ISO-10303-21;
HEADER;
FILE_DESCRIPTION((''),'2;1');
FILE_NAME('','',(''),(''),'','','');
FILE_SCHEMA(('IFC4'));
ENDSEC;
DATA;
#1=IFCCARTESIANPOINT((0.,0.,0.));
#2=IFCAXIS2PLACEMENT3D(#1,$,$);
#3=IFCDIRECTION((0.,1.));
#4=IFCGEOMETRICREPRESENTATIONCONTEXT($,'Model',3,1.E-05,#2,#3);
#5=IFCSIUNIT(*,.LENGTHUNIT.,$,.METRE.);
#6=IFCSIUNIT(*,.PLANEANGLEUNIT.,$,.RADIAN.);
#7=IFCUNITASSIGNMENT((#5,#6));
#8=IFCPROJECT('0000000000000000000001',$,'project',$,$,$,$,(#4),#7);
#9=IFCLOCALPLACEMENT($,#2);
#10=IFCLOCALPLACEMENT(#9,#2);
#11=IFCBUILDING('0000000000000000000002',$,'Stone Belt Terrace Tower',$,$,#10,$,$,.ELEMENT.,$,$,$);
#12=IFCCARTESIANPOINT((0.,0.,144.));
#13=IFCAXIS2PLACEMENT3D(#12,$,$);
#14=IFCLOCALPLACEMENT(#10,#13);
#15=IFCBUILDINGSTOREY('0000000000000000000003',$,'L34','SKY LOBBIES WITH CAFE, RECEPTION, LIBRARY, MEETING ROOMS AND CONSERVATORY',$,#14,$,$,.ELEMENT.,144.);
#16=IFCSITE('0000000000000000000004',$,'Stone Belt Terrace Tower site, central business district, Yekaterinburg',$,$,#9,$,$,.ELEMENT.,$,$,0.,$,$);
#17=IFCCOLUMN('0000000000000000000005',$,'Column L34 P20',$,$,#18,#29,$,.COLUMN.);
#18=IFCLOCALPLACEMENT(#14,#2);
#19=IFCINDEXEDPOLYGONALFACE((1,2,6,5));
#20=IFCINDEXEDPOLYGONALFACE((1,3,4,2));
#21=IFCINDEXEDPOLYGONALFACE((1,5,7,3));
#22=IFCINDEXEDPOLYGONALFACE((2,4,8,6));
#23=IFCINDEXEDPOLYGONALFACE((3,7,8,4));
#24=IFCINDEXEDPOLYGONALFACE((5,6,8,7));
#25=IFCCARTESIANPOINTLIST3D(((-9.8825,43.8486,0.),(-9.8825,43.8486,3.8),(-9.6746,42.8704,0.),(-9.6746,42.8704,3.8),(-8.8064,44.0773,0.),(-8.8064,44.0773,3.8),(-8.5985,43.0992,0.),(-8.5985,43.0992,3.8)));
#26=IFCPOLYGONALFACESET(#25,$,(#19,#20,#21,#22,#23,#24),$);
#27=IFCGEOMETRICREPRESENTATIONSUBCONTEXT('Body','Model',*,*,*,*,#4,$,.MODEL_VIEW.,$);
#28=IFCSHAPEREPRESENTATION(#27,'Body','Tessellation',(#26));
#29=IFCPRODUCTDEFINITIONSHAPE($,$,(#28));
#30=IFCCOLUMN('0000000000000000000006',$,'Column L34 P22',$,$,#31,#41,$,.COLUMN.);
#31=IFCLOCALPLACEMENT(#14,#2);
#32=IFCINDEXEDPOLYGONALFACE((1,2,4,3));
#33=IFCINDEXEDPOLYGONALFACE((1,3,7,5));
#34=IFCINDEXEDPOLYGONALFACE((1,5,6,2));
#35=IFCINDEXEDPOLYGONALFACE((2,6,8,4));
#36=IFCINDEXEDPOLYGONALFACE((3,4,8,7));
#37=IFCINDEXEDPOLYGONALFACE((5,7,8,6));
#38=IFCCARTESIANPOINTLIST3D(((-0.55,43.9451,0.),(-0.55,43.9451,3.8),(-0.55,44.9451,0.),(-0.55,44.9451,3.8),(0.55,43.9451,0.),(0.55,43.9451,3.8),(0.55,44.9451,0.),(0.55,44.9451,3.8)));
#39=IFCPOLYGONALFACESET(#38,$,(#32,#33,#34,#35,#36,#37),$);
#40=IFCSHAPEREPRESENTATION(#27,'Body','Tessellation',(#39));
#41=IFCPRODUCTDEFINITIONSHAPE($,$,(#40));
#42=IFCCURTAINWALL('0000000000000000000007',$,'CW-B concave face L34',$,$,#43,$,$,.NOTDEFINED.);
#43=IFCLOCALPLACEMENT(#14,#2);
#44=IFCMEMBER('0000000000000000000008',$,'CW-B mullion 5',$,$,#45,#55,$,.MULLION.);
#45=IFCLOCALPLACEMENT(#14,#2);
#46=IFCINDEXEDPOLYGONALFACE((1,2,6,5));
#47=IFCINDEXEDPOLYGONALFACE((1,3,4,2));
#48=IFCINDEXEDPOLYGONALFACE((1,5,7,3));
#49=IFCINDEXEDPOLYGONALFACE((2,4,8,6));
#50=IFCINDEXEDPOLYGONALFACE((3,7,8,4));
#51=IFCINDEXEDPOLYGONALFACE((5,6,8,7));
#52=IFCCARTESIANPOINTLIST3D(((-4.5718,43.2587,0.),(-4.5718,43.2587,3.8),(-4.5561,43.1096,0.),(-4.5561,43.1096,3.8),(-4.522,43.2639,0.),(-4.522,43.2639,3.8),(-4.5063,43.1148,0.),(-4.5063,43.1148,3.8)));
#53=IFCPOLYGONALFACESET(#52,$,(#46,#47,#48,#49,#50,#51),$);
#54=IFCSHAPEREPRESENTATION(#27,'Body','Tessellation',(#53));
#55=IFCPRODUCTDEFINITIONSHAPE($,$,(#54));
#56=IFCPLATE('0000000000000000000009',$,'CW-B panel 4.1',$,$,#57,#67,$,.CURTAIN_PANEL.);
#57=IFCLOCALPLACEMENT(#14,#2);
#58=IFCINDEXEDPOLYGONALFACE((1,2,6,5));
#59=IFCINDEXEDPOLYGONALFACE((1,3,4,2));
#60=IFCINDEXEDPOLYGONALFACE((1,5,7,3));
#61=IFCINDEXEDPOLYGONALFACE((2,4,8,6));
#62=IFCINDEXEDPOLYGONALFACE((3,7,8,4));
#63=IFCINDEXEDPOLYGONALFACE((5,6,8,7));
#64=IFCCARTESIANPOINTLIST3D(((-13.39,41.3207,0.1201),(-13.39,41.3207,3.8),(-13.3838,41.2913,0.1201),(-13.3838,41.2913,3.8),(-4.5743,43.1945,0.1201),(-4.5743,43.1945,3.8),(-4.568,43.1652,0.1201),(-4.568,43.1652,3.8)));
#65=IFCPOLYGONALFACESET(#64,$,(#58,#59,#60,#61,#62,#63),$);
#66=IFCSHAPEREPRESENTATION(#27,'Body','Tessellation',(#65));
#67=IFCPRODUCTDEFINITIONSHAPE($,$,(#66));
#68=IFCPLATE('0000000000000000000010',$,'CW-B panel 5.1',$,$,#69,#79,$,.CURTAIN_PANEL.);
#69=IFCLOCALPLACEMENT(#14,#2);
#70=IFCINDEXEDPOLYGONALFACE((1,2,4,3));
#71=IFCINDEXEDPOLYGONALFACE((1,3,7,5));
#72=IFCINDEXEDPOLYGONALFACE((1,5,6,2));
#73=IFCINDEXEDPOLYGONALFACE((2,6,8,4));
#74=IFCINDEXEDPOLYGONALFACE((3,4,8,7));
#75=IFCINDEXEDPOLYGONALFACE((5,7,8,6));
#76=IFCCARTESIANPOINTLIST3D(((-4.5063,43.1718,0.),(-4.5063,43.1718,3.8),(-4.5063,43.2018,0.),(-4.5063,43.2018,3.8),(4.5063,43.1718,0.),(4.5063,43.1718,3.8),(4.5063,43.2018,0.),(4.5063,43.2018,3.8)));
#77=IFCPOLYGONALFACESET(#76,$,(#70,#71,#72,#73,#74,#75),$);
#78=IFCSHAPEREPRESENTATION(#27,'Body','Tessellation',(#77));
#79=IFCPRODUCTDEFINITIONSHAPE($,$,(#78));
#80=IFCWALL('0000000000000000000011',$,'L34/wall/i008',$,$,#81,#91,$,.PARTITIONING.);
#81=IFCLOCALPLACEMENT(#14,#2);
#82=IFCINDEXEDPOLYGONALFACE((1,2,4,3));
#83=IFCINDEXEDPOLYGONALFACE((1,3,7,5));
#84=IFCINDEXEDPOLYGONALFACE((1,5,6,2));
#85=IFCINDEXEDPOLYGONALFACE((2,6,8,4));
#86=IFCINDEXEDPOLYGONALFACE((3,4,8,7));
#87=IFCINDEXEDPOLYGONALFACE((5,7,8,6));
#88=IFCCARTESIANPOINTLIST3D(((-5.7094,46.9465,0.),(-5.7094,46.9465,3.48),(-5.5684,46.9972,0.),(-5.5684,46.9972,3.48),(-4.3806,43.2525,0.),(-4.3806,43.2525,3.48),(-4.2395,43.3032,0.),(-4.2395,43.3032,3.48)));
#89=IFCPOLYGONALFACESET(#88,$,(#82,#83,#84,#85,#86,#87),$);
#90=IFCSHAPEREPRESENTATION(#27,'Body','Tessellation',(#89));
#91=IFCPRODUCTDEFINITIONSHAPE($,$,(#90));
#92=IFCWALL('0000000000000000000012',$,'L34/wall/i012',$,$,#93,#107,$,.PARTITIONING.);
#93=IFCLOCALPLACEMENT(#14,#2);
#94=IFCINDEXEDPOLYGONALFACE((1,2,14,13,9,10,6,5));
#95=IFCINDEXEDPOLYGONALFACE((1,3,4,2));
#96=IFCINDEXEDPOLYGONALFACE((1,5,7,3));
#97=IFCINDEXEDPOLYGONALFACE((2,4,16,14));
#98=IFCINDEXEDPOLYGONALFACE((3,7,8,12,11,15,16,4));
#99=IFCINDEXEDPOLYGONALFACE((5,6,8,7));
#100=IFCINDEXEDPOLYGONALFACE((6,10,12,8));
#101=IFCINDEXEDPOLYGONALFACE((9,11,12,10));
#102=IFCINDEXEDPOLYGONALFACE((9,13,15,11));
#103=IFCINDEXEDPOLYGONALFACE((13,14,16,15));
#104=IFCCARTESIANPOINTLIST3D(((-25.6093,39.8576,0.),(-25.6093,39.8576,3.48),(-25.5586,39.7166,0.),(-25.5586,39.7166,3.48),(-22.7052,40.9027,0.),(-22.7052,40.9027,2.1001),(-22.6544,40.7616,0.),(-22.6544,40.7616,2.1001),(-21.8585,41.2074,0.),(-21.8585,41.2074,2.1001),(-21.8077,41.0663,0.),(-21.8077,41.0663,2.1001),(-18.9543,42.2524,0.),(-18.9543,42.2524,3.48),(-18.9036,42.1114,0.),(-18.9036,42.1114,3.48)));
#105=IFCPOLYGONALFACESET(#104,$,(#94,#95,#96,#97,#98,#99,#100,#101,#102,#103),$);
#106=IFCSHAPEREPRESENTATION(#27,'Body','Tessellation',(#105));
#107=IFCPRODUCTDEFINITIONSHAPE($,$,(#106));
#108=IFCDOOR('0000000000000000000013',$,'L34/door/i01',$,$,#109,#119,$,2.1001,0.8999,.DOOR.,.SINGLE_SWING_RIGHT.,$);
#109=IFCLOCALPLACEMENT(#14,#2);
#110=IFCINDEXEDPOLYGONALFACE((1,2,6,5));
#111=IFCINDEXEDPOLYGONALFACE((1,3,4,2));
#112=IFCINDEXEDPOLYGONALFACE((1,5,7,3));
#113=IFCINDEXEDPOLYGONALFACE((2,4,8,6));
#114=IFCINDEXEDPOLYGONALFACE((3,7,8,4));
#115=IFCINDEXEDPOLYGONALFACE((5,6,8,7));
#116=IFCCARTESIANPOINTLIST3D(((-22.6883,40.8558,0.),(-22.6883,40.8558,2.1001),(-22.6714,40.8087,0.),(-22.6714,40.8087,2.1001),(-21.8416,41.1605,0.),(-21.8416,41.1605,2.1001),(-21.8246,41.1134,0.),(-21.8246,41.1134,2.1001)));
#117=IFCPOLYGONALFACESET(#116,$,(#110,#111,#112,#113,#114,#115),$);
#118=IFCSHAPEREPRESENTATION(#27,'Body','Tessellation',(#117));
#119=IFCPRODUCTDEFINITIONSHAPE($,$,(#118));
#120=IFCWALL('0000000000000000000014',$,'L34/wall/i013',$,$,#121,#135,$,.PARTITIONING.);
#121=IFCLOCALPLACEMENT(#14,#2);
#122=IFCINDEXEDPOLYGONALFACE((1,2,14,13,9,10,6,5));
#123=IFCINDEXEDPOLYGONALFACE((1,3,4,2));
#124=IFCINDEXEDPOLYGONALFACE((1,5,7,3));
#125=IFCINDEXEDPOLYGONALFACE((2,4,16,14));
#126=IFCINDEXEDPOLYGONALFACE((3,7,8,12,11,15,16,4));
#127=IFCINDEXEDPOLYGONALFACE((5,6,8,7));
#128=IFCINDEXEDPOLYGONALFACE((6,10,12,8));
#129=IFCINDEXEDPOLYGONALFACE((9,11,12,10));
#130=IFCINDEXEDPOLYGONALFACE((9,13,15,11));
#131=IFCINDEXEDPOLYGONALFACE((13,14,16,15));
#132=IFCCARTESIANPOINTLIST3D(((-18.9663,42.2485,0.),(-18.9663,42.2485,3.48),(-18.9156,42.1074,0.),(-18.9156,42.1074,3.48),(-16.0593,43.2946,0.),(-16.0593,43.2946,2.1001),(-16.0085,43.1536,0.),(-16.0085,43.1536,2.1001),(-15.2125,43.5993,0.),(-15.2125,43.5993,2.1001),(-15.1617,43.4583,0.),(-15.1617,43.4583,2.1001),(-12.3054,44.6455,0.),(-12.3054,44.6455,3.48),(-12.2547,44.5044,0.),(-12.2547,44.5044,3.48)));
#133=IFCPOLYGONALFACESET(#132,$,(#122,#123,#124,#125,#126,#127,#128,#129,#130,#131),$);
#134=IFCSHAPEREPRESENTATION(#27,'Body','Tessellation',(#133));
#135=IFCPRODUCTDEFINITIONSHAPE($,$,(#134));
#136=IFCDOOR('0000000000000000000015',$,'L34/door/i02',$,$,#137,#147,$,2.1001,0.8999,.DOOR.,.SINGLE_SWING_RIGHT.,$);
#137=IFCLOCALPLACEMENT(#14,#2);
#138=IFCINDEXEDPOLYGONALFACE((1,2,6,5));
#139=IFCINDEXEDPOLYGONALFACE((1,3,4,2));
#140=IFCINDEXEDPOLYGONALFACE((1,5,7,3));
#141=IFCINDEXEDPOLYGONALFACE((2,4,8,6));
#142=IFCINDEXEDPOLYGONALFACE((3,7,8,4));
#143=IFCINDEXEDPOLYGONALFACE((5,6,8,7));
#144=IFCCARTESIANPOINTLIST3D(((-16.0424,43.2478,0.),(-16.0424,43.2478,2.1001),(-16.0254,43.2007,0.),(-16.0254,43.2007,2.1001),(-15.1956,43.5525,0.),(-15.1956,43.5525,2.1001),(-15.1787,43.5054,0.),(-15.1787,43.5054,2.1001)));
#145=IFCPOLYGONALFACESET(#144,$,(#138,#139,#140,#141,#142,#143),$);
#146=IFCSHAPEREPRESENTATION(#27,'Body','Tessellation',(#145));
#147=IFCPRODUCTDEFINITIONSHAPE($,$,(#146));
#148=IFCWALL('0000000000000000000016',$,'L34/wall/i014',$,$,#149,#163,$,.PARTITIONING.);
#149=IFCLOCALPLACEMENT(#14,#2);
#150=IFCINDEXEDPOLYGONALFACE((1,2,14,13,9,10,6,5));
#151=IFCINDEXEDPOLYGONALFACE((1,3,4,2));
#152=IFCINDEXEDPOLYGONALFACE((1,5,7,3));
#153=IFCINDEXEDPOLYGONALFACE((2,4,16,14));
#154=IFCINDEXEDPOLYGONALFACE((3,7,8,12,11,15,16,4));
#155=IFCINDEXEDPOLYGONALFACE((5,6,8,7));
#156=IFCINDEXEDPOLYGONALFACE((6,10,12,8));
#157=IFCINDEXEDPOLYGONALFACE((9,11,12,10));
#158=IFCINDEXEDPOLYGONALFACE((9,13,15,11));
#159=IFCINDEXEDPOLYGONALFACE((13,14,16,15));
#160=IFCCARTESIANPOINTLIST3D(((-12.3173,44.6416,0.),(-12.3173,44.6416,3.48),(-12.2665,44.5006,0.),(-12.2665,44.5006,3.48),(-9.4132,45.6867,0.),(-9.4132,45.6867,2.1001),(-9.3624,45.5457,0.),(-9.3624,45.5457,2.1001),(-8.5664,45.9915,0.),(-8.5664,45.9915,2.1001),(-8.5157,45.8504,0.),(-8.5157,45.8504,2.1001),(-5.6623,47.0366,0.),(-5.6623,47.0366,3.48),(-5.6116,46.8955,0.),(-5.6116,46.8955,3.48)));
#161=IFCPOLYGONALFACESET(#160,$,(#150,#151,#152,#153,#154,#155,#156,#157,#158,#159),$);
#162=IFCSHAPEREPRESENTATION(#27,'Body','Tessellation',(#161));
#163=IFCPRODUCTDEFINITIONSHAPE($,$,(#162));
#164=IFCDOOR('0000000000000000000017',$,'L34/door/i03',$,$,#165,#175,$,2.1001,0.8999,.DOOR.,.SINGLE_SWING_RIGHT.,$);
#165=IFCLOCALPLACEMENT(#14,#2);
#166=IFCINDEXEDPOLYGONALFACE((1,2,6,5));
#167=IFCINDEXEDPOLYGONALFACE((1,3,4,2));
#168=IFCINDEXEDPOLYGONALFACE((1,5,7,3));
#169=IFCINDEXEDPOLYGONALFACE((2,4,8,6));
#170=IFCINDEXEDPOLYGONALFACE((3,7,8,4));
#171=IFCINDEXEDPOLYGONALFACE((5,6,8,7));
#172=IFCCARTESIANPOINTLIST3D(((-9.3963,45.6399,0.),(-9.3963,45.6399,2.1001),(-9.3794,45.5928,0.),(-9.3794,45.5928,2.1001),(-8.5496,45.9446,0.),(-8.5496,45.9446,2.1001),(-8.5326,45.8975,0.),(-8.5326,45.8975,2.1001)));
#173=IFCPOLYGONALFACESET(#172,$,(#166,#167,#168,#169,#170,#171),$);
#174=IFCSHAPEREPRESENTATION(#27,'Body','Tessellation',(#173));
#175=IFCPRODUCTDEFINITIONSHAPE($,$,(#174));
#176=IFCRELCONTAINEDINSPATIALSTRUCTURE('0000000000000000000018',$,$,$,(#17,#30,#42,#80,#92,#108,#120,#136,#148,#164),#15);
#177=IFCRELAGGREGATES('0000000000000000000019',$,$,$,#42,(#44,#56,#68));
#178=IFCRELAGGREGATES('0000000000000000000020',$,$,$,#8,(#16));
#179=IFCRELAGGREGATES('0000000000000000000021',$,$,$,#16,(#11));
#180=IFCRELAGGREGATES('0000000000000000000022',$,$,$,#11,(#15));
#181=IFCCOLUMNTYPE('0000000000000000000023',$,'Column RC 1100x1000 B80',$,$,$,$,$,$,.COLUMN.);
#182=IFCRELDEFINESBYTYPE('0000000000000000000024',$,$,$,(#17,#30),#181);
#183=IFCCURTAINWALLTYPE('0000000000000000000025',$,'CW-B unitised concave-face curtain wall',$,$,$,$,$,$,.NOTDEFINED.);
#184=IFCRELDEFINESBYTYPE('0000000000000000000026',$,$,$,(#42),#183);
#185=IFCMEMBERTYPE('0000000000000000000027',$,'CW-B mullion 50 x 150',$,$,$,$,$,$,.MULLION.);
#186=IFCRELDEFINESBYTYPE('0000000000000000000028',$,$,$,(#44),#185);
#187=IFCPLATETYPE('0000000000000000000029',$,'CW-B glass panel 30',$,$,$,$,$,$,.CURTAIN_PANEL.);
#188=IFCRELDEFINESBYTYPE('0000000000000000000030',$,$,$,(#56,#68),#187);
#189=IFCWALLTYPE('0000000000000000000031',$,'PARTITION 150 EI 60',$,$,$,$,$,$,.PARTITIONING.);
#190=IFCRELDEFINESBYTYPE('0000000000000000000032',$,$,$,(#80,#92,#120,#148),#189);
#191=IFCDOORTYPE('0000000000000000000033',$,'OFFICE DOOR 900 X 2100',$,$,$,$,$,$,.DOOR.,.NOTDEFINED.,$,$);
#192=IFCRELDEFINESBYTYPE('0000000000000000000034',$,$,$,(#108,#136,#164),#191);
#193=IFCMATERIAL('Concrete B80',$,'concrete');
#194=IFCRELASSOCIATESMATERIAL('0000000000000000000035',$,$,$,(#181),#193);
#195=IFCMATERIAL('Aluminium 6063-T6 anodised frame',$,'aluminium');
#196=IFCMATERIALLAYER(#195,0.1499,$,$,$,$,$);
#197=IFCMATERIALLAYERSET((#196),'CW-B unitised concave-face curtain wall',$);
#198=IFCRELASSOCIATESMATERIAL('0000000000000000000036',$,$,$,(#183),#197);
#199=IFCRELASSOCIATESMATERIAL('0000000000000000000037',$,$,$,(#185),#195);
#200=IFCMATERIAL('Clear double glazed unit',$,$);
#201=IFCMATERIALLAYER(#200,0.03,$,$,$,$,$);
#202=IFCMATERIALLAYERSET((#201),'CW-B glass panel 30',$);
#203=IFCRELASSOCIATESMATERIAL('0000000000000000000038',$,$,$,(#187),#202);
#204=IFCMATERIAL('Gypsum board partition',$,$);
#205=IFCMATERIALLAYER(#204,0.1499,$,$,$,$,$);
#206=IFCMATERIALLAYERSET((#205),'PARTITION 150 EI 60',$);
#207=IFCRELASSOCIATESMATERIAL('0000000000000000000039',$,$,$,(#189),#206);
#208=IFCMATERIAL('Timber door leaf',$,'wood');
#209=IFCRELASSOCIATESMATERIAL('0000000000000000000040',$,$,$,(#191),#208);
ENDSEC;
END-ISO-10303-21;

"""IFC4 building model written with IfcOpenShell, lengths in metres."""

from ifc_helpers import new_model, si_unit, direction, frame, frame_2d, origin, origin_2d, place, context, subcontext, project, spatial, rectangle, extrude, material, layer, layer_set, material_profile, profile_set, type_object, element, fill, aggregate, save


model = new_model("IFC4")

# Units and contexts
model_context = context("Model", 3, precision=1e-05, world=origin(), true_north=direction((0.0, 1.0)))
body_context = subcontext(model_context, "Body", "Model", "MODEL_VIEW")
ifc_project = project(units=[si_unit("LENGTHUNIT", "METRE"), si_unit("PLANEANGLEUNIT", "RADIAN")], contexts=[model_context])

# Site, building, storey
site_placement = place(None, origin())
site = spatial("IfcSite", under=ifc_project, at=site_placement, Name="Stone Belt Terrace Tower site, central business district, Yekaterinburg", CompositionType="ELEMENT", RefElevation=0.0)
building_placement = place(site_placement, origin())
building = spatial("IfcBuilding", under=site, at=building_placement, Name="Stone Belt Terrace Tower", CompositionType="ELEMENT")
storey_placement = place(building_placement, frame((0.0, 0.0, 144.0)))
storey = spatial("IfcBuildingStorey", under=building, at=storey_placement, Name="L34", Description="SKY LOBBIES WITH CAFE, RECEPTION, LIBRARY, MEETING ROOMS AND CONSERVATORY", CompositionType="ELEMENT", Elevation=144.0)

# Columns
ifc_material_1 = material(Name="Concrete B80", Category="concrete")
ifc_material_profile_1 = material_profile(ifc_material_1, rectangle(XDim=1.1001, YDim=1.0, at=origin_2d()), Name="RC 1100x1000")
ifc_profile_set_1 = profile_set([ifc_material_profile_1], Name="Concrete B80")
column_type = type_object("IfcColumnType", Name="Column RC 1100x1000 B80", PredefinedType="COLUMN", material=ifc_profile_set_1)
for number, where, z_axis, x_axis, name in (
    (1, (-9.2405, 43.4739, 0.0), (0.0, 0.0, 1.0), (0.978148, 0.207912, 0.0), "Column L34 P20"),
    (2, (0.0, 44.4451, 0.0), (0.0, 0.0, 1.0), (1.0, 0.0, 0.0), "Column L34 P22"),
):
    element("IfcColumn", number, at=place(storey_placement, frame(where, z_axis=z_axis, x_axis=x_axis)), inside=storey, type_object=column_type, Name=name, PredefinedType="COLUMN", context=body_context, shape_type="SweptSolid", body=[
        extrude(rectangle(XDim=1.1001, YDim=1.0, at=origin_2d()), origin(), (0.0, 0.0, 1.0), 3.8),
    ])

# Curtain wall, member, plates
ifc_material_2 = material(Name="Aluminium 6063-T6 anodised frame", Category="aluminium")
ifc_layer_1 = layer(ifc_material_2, 0.1499)
ifc_layer_set_1 = layer_set([ifc_layer_1], Name="CW-B unitised concave-face curtain wall")
curtain_wall_type = type_object("IfcCurtainWallType", Name="CW-B unitised concave-face curtain wall", PredefinedType="NOTDEFINED", material=ifc_layer_set_1)
curtain_wall_placement = place(storey_placement, origin())
curtain_wall = element("IfcCurtainWall", 3, at=curtain_wall_placement, inside=storey, type_object=curtain_wall_type, Name="CW-B concave face L34", PredefinedType="NOTDEFINED")
ifc_material_profile_2 = material_profile(ifc_material_2, rectangle(XDim=0.1499, YDim=0.05, at=origin_2d()), Name="Aluminium 6063-T6 50x150")
ifc_profile_set_2 = profile_set([ifc_material_profile_2], Name="Aluminium 6063-T6 anodised frame")
member_type = type_object("IfcMemberType", Name="CW-B mullion 50 x 150", PredefinedType="MULLION", material=ifc_profile_set_2)
member_placement = place(storey_placement, frame((-4.5391, 43.1868, 0.0), z_axis=(0.0, 0.0, 1.0), x_axis=(-0.104528, 0.994522, 0.0)))
member = element("IfcMember", 4, at=member_placement, type_object=member_type, Name="CW-B mullion 5", PredefinedType="MULLION", context=body_context, shape_type="SweptSolid", body=[
    extrude(rectangle(XDim=0.1499, YDim=0.05, at=origin_2d()), origin(), (0.0, 0.0, 1.0), 3.8),
])
ifc_material_3 = material(Name="Clear double glazed unit")
ifc_layer_2 = layer(ifc_material_3, 0.03)
ifc_layer_set_2 = layer_set([ifc_layer_2], Name="CW-B glass panel 30")
plate_type = type_object("IfcPlateType", Name="CW-B glass panel 30", PredefinedType="CURTAIN_PANEL", material=ifc_layer_set_2)
plate_1_placement = place(storey_placement, frame((-8.979, 42.2429, 0.1201), z_axis=(0.0, 0.0, 1.0), x_axis=(0.978148, 0.207912, 0.0)))
plate_1 = element("IfcPlate", 5, at=plate_1_placement, type_object=plate_type, Name="CW-B panel 4.1", PredefinedType="CURTAIN_PANEL", context=body_context, shape_type="SweptSolid", body=[
    extrude(rectangle(XDim=9.0127, YDim=0.03, at=origin_2d()), origin(), (0.0, 0.0, 1.0), 3.6799),
])
plate_2_placement = place(storey_placement, frame((0.0, 43.1868, 0.0), z_axis=(0.0, 0.0, 1.0), x_axis=(1.0, 0.0, 0.0)))
plate_2 = element("IfcPlate", 6, at=plate_2_placement, type_object=plate_type, Name="CW-B panel 5.1", PredefinedType="CURTAIN_PANEL", context=body_context, shape_type="SweptSolid", body=[
    extrude(rectangle(XDim=9.0127, YDim=0.03, at=origin_2d()), origin(), (0.0, 0.0, 1.0), 3.8),
])
aggregate(curtain_wall, [member, plate_1, plate_2])

# Wall
ifc_material_4 = material(Name="Gypsum board partition")
ifc_layer_3 = layer(ifc_material_4, 0.1499)
ifc_layer_set_3 = layer_set([ifc_layer_3], Name="PARTITION 150 EI 60")
wall_type_1 = type_object("IfcWallType", Name="PARTITION 150 EI 60", PredefinedType="PARTITIONING", material=ifc_layer_set_3)
wall_1_placement = place(storey_placement, frame((-4.3101, 43.2778, 0.0), z_axis=(0.0, 0.0, 1.0), x_axis=(-0.33849, 0.94097, 0.0)))
element("IfcWall", 7, at=wall_1_placement, inside=storey, type_object=wall_type_1, Name="L34/wall/i008", PredefinedType="PARTITIONING", context=body_context, shape_type="SweptSolid", body=[
    extrude(rectangle(XDim=3.9258, YDim=0.1499, at=frame_2d((1.9629, 0.0))), origin(), (0.0, 0.0, 1.0), 3.48),
])

# Walls, openings, doors
wall_2_placement = place(storey_placement, frame((-18.929, 42.1819, 0.0), z_axis=(0.0, 0.0, 1.0), x_axis=(-0.940934, -0.33859, 0.0)))
wall_2 = element("IfcWall", 8, at=wall_2_placement, inside=storey, type_object=wall_type_1, Name="L34/wall/i012", PredefinedType="PARTITIONING", context=body_context, shape_type="SweptSolid", body=[
    extrude(rectangle(XDim=7.0728, YDim=0.1499, at=frame_2d((3.5364, 0.0))), origin(), (0.0, 0.0, 1.0), 3.48),
])
opening_1_placement = place(wall_2_placement, frame((3.0864, 0.0, 0.0)))
opening_1 = element("IfcOpeningElement", 9, at=opening_1_placement, cuts=wall_2, PredefinedType="OPENING", context=body_context, shape_type="SweptSolid", body=[
    extrude(rectangle(XDim=0.8999, YDim=2.1001, at=frame_2d((0.45, 1.05))), frame((0.0, 0.085, 0.0), z_axis=(0.0, -1.0, 0.0), x_axis=(1.0, 0.0, 0.0)), (0.0, 0.0, 1.0), 0.1699),
])
ifc_material_5 = material(Name="Timber door leaf", Category="wood")
door_type_1 = type_object("IfcDoorType", Name="OFFICE DOOR 900 X 2100", OperationType="NOTDEFINED", PredefinedType="DOOR", material=ifc_material_5)
door_1_placement = place(opening_1_placement, origin())
door_1 = element("IfcDoor", 10, at=door_1_placement, inside=storey, type_object=door_type_1, Name="L34/door/i01", OperationType="SINGLE_SWING_RIGHT", OverallHeight=2.1001, OverallWidth=0.8999, PredefinedType="DOOR", context=body_context, shape_type="SweptSolid", body=[
    extrude(rectangle(XDim=0.8999, YDim=2.1001, at=frame_2d((0.45, 1.05))), frame((0.0, 0.0249, 0.0), z_axis=(0.0, -1.0, 0.0), x_axis=(1.0, 0.0, 0.0)), (0.0, 0.0, 1.0), 0.05),
])
fill(opening_1, door_1)
wall_3_placement = place(storey_placement, frame((-12.28, 44.575, 0.0), z_axis=(0.0, 0.0, 1.0), x_axis=(-0.94093, -0.338601, 0.0)))
wall_3 = element("IfcWall", 11, at=wall_3_placement, inside=storey, type_object=wall_type_1, Name="L34/wall/i013", PredefinedType="PARTITIONING", context=body_context, shape_type="SweptSolid", body=[
    extrude(rectangle(XDim=7.0791, YDim=0.1499, at=frame_2d((3.5396, 0.0))), origin(), (0.0, 0.0, 1.0), 3.48),
])
opening_2_placement = place(wall_3_placement, frame((3.0896, 0.0, 0.0)))
opening_2 = element("IfcOpeningElement", 12, at=opening_2_placement, cuts=wall_3, PredefinedType="OPENING", context=body_context, shape_type="SweptSolid", body=[
    extrude(rectangle(XDim=0.8999, YDim=2.1001, at=frame_2d((0.45, 1.05))), frame((0.0, 0.085, 0.0), z_axis=(0.0, -1.0, 0.0), x_axis=(1.0, 0.0, 0.0)), (0.0, 0.0, 1.0), 0.1699),
])
door_2_placement = place(opening_2_placement, origin())
door_2 = element("IfcDoor", 13, at=door_2_placement, inside=storey, type_object=door_type_1, Name="L34/door/i02", OperationType="SINGLE_SWING_RIGHT", OverallHeight=2.1001, OverallWidth=0.8999, PredefinedType="DOOR", context=body_context, shape_type="SweptSolid", body=[
    extrude(rectangle(XDim=0.8999, YDim=2.1001, at=frame_2d((0.45, 1.05))), frame((0.0, 0.0249, 0.0), z_axis=(0.0, -1.0, 0.0), x_axis=(1.0, 0.0, 0.0)), (0.0, 0.0, 1.0), 0.05),
])
fill(opening_2, door_2)
wall_4_placement = place(storey_placement, frame((-5.637, 46.9661, 0.0), z_axis=(0.0, 0.0, 1.0), x_axis=(-0.940923, -0.33862, 0.0)))
wall_4 = element("IfcWall", 14, at=wall_4_placement, inside=storey, type_object=wall_type_1, Name="L34/wall/i014", PredefinedType="PARTITIONING", context=body_context, shape_type="SweptSolid", body=[
    extrude(rectangle(XDim=7.0728, YDim=0.1499, at=frame_2d((3.5364, 0.0))), origin(), (0.0, 0.0, 1.0), 3.48),
])
opening_3_placement = place(wall_4_placement, frame((3.0864, 0.0, 0.0)))
opening_3 = element("IfcOpeningElement", 15, at=opening_3_placement, cuts=wall_4, PredefinedType="OPENING", context=body_context, shape_type="SweptSolid", body=[
    extrude(rectangle(XDim=0.8999, YDim=2.1001, at=frame_2d((0.45, 1.05))), frame((0.0, 0.085, 0.0), z_axis=(0.0, -1.0, 0.0), x_axis=(1.0, 0.0, 0.0)), (0.0, 0.0, 1.0), 0.1699),
])
door_3_placement = place(opening_3_placement, origin())
door_3 = element("IfcDoor", 16, at=door_3_placement, inside=storey, type_object=door_type_1, Name="L34/door/i03", OperationType="SINGLE_SWING_RIGHT", OverallHeight=2.1001, OverallWidth=0.8999, PredefinedType="DOOR", context=body_context, shape_type="SweptSolid", body=[
    extrude(rectangle(XDim=0.8999, YDim=2.1001, at=frame_2d((0.45, 1.05))), frame((0.0, 0.0249, 0.0), z_axis=(0.0, -1.0, 0.0), x_axis=(1.0, 0.0, 0.0)), (0.0, 0.0, 1.0), 0.05),
])
fill(opening_3, door_3)

save(model, "model.ifc")
